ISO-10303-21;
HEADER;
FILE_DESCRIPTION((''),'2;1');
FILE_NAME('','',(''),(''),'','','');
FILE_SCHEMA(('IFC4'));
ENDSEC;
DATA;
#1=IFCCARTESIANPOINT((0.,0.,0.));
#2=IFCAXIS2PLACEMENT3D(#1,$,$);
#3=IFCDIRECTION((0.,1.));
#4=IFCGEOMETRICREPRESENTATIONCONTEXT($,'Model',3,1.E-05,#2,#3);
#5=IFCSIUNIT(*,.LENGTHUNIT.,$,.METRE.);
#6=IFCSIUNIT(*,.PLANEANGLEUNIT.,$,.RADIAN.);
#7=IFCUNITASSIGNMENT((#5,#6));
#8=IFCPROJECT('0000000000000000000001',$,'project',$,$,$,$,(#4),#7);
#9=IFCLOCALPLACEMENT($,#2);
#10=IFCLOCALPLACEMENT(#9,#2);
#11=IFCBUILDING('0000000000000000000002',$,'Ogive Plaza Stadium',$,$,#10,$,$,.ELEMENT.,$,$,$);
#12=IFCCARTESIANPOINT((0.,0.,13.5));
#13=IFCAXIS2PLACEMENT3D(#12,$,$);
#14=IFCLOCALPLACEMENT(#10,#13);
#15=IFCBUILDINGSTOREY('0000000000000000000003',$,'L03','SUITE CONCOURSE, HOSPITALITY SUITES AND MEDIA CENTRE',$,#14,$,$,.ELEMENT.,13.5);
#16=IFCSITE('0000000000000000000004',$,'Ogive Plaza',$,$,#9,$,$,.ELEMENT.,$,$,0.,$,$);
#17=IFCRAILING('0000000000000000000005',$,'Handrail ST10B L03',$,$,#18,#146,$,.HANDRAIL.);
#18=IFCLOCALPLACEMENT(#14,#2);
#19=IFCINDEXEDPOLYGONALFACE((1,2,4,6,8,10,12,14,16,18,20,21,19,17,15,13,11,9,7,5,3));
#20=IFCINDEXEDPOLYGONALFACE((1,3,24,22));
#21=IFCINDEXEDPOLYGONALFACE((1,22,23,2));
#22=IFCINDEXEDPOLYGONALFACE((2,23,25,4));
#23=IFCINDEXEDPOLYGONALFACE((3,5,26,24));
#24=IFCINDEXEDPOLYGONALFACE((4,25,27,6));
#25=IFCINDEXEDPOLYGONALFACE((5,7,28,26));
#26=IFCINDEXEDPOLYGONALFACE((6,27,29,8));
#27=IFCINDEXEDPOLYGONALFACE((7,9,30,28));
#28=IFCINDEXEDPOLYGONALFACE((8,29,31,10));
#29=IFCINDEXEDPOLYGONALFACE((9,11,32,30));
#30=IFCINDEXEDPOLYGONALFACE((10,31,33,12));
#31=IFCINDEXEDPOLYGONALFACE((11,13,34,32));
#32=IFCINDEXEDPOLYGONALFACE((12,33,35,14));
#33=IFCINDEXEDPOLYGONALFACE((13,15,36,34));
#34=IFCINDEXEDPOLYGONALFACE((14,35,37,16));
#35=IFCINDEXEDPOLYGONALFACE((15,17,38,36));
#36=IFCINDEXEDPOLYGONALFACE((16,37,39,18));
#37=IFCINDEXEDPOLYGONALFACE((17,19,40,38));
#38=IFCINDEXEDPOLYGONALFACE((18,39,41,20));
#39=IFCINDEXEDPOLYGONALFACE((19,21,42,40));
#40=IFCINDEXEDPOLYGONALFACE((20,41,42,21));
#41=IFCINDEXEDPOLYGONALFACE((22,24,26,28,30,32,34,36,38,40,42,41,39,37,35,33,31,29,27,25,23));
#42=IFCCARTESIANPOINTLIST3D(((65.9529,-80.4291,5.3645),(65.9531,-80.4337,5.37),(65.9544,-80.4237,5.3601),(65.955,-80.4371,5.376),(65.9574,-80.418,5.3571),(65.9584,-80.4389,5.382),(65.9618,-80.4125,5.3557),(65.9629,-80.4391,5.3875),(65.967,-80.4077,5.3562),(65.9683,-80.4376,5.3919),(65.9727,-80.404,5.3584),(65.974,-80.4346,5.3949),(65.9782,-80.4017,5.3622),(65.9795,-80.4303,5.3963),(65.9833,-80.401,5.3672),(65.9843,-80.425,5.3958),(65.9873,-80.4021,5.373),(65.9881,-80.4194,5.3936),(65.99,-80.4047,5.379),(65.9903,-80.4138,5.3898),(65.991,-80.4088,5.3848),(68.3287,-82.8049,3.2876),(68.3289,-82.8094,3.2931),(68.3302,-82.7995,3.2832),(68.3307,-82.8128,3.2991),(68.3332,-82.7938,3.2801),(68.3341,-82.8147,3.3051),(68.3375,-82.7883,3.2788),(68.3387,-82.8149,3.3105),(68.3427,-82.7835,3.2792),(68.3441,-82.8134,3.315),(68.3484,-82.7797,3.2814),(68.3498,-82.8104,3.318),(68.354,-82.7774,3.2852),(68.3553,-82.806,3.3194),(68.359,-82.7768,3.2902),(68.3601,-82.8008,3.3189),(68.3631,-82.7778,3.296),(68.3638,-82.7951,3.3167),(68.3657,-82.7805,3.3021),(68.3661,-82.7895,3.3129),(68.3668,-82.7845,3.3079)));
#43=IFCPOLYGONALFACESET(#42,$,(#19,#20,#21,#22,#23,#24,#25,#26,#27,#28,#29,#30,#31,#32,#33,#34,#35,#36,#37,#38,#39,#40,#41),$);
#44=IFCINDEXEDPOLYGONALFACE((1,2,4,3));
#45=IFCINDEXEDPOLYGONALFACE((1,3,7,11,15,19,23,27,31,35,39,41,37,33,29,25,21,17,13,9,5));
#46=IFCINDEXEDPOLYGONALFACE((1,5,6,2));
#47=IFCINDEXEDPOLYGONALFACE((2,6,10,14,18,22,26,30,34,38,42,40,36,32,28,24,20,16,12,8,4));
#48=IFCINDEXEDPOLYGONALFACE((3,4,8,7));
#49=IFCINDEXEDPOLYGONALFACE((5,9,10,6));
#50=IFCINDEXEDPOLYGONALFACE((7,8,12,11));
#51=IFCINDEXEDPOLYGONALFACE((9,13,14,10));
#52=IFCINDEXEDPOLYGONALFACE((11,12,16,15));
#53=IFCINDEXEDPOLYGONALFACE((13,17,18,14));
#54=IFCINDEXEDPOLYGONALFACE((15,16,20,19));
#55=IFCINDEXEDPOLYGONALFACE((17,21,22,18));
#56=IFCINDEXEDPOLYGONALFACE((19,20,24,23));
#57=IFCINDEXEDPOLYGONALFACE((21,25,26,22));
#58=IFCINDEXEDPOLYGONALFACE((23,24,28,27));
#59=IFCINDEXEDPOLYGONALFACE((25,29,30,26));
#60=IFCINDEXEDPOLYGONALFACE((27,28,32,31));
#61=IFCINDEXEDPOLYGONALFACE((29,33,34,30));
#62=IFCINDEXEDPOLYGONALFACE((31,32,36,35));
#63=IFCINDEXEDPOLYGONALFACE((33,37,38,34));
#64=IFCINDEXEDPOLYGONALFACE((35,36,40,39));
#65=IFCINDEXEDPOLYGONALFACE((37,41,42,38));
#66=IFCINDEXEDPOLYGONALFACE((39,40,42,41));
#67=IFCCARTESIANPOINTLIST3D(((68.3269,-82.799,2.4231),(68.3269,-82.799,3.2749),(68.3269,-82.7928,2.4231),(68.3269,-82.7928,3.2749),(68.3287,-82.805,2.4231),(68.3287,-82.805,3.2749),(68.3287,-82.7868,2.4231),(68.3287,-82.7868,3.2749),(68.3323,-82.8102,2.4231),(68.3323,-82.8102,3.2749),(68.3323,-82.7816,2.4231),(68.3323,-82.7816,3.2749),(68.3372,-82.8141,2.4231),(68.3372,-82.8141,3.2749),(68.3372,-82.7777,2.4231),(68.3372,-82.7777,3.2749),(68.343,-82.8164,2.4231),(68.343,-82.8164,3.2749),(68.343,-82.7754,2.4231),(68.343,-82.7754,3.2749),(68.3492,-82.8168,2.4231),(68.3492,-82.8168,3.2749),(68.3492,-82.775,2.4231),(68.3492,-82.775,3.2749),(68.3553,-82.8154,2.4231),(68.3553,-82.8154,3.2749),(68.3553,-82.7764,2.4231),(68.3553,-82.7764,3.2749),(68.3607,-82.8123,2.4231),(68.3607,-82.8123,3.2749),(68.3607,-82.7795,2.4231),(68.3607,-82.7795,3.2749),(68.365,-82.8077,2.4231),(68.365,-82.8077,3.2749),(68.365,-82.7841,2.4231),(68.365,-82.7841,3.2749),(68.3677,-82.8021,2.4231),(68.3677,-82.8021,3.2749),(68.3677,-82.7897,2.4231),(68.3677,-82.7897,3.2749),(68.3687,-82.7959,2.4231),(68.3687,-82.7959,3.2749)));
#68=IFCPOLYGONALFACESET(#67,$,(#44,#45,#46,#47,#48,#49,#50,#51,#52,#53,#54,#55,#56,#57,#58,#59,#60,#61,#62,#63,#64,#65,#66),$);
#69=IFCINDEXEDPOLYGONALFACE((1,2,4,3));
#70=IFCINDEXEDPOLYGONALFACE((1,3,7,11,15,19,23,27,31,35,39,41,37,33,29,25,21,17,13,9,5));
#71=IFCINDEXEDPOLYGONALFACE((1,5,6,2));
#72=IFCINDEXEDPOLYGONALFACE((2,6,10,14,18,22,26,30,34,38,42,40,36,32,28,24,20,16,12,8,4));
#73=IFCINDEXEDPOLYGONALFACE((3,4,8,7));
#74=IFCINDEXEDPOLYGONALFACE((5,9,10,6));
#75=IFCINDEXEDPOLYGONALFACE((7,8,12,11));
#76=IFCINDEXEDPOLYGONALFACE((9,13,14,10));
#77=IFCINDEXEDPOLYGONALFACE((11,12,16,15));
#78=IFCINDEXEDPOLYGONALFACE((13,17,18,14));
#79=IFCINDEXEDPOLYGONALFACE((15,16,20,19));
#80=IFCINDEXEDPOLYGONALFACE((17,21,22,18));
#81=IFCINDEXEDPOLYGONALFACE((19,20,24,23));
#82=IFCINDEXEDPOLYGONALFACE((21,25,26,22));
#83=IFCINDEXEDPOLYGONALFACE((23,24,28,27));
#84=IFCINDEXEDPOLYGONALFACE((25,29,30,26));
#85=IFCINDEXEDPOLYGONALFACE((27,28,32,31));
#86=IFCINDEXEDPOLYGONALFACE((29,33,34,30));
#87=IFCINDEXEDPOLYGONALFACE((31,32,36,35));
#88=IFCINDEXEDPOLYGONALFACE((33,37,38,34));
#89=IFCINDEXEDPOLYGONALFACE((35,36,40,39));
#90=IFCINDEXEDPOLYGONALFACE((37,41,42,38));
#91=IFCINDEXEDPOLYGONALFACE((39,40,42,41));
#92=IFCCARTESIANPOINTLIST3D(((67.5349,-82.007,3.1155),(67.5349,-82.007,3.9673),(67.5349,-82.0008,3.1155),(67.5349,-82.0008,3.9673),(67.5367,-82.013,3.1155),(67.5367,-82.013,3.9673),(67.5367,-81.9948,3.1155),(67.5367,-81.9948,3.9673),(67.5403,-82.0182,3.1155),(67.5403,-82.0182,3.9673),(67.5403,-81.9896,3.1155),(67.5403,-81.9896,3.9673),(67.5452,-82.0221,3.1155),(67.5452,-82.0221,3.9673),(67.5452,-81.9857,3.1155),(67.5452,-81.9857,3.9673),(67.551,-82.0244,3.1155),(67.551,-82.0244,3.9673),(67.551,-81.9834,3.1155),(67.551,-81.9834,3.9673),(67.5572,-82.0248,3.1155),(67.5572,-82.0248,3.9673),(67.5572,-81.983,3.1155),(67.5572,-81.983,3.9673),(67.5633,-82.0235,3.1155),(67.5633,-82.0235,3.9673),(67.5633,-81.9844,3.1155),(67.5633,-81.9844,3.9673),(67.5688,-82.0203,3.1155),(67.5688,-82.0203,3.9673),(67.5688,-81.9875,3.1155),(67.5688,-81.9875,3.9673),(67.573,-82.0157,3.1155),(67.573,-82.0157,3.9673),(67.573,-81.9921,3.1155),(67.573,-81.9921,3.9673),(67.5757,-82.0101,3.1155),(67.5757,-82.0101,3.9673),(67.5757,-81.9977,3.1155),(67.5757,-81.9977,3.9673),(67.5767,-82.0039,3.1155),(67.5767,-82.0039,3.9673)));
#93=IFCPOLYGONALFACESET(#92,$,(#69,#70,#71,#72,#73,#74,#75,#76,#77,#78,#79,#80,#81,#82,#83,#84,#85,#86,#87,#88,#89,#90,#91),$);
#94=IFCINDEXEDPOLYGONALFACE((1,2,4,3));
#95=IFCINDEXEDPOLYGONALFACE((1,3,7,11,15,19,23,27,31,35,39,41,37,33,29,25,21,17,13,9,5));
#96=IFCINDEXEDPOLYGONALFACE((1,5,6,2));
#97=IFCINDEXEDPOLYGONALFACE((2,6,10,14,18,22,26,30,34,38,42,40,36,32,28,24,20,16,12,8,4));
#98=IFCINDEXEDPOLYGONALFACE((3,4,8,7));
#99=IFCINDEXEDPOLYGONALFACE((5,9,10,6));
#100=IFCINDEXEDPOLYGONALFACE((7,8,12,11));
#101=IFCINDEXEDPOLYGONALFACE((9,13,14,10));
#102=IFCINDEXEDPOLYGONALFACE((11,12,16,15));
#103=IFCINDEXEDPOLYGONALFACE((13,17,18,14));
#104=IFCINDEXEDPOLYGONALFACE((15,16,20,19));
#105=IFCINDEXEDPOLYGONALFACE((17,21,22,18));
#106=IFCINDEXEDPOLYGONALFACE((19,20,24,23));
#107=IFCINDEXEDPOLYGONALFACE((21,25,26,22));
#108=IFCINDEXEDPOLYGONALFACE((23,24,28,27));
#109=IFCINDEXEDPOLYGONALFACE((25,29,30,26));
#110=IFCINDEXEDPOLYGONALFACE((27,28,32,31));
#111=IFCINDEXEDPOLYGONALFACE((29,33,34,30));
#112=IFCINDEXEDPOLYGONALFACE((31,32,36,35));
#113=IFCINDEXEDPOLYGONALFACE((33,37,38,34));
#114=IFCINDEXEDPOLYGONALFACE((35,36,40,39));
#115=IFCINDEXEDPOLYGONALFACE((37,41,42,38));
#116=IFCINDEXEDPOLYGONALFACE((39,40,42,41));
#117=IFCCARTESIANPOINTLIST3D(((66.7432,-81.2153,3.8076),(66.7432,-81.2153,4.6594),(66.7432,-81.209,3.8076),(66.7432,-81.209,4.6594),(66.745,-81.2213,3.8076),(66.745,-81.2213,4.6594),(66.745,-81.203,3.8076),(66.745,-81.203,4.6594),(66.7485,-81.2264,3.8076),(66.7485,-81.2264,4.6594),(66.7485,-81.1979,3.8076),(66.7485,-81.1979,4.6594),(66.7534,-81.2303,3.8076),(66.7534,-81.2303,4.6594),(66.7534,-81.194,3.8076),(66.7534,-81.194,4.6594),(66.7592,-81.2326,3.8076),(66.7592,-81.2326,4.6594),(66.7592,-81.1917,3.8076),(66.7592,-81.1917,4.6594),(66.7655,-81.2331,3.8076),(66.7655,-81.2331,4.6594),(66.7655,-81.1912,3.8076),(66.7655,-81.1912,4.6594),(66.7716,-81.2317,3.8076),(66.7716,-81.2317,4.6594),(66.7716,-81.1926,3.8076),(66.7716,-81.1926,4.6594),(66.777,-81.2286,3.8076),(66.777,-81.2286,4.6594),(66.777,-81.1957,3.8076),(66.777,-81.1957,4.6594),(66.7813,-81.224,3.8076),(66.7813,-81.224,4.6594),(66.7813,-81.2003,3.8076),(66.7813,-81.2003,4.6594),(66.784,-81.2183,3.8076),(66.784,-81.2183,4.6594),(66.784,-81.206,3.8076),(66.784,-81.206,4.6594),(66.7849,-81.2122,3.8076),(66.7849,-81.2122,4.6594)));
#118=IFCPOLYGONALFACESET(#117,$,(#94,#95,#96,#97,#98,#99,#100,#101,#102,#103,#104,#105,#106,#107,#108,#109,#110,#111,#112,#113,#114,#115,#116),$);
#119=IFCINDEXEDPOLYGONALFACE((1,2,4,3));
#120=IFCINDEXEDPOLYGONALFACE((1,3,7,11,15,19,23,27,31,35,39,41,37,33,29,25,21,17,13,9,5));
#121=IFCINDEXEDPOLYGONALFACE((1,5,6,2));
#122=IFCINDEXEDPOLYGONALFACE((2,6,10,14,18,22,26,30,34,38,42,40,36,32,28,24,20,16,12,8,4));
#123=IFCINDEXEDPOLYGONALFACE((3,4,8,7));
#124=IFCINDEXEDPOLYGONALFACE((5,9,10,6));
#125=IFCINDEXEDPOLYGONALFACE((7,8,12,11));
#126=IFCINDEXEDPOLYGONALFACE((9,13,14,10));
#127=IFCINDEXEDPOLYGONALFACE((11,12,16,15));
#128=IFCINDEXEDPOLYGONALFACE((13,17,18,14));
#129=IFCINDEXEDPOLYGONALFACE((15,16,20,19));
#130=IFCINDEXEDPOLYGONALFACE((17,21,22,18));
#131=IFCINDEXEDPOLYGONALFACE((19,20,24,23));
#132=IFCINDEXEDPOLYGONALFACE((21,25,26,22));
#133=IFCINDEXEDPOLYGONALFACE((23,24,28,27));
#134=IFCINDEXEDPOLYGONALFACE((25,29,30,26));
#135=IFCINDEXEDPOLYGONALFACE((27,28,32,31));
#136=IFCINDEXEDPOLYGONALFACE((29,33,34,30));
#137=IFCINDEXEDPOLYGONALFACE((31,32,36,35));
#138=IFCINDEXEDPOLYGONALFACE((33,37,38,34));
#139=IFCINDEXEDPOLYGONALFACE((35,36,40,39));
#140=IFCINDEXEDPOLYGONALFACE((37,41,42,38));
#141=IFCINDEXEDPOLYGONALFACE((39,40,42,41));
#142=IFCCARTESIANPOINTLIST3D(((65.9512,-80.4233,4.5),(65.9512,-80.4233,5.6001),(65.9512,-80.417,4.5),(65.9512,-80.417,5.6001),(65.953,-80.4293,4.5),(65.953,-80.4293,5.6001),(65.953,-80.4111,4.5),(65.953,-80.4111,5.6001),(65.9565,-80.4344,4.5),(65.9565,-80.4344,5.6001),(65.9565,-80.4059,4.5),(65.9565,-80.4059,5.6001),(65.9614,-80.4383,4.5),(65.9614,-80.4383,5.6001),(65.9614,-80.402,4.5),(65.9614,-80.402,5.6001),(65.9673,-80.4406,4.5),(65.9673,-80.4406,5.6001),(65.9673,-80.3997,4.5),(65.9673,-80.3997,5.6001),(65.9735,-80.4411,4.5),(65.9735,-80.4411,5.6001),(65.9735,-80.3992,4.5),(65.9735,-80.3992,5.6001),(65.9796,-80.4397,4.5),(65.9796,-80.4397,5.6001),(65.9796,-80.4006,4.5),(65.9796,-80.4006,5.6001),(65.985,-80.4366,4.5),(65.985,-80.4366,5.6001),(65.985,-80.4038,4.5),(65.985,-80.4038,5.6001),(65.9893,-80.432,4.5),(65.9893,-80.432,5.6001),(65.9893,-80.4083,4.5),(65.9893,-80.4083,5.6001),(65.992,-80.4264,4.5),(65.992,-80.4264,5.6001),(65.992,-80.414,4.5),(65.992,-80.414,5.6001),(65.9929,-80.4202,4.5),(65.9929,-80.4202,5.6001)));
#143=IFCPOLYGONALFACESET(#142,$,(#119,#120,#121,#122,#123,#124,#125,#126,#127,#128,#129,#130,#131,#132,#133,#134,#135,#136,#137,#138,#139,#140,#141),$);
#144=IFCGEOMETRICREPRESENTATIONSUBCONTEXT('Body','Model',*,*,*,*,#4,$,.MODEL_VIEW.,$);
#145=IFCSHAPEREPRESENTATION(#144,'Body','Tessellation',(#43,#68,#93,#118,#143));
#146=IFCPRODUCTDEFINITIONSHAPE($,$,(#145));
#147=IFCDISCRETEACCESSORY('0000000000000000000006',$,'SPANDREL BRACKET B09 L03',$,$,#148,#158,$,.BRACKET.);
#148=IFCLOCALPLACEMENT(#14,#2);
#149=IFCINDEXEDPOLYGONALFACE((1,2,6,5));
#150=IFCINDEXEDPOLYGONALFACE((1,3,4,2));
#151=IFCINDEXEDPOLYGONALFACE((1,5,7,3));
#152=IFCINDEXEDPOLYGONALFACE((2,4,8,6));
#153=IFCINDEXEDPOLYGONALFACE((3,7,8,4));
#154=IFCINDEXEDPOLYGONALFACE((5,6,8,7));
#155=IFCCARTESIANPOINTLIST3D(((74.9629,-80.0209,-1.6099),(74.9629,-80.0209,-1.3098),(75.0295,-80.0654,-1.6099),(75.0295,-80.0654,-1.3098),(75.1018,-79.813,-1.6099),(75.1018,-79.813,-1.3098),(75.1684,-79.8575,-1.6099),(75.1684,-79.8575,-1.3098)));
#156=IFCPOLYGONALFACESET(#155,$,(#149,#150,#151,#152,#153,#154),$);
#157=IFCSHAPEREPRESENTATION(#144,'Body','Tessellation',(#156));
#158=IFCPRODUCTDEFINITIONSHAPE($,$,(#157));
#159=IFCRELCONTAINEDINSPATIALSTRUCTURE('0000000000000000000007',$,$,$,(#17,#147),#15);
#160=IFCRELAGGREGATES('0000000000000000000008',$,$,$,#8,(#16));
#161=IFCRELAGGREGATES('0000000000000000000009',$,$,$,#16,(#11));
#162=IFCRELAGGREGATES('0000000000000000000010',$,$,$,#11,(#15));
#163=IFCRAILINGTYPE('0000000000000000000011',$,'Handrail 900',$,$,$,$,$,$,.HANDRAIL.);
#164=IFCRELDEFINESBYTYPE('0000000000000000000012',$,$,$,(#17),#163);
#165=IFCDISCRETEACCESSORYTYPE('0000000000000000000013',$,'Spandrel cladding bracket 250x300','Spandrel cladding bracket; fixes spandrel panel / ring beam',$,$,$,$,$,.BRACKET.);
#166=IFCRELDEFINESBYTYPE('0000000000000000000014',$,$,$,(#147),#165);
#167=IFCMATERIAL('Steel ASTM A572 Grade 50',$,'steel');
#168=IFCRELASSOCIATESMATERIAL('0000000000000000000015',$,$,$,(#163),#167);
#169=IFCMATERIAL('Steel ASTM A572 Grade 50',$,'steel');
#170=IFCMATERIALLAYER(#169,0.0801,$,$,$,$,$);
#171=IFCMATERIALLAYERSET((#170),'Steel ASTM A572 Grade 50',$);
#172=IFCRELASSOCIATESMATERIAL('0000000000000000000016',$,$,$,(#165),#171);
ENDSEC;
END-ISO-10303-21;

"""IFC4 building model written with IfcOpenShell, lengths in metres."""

from ifc_helpers import new_model, si_unit, direction, frame, origin, origin_2d, place, context, subcontext, project, spatial, rectangle, circle, extrude, material, layer, layer_set, type_object, element, save


model = new_model("IFC4")

# Units and contexts
model_context = context("Model", 3, precision=1e-05, world=origin(), true_north=direction((0.0, 1.0)))
body_context = subcontext(model_context, "Body", "Model", "MODEL_VIEW")
ifc_project = project(units=[si_unit("LENGTHUNIT", "METRE"), si_unit("PLANEANGLEUNIT", "RADIAN")], contexts=[model_context])

# Site, building, storey
site_placement = place(None, origin())
site = spatial("IfcSite", under=ifc_project, at=site_placement, Name="Ogive Plaza", CompositionType="ELEMENT", RefElevation=0.0)
building_placement = place(site_placement, origin())
building = spatial("IfcBuilding", under=site, at=building_placement, Name="Ogive Plaza Stadium", CompositionType="ELEMENT")
storey_placement = place(building_placement, frame((0.0, 0.0, 13.5)))
storey = spatial("IfcBuildingStorey", under=building, at=storey_placement, Name="L03", Description="SUITE CONCOURSE, HOSPITALITY SUITES AND MEDIA CENTRE", CompositionType="ELEMENT", Elevation=13.5)

# Railing
ifc_material_1 = material(Name="Steel ASTM A572 Grade 50", Category="steel")
railing_type_1 = type_object("IfcRailingType", Name="Handrail 900", PredefinedType="HANDRAIL", material=ifc_material_1)
railing_1_placement = place(storey_placement, frame((68.3477, -82.7959, 2.4231)))
element("IfcRailing", 1, at=railing_1_placement, inside=storey, type_object=railing_type_1, Name="Handrail ST10B L03", PredefinedType="HANDRAIL", context=body_context, shape_type="SweptSolid", body=[
    extrude(circle(Radius=0.0239, at=origin_2d()), frame((0.0, 0.0, 0.876), z_axis=(-0.601466, 0.601466, 0.525811), x_axis=(-0.707107, -0.707107, 0.0)), (0.0, 0.0, 1.0), 3.95),
    extrude(circle(Radius=0.021, at=origin_2d()), origin(), (0.0, 0.0, 1.0), 0.8518),
    extrude(circle(Radius=0.021, at=origin_2d()), frame((-0.792, 0.792, 0.6924)), (0.0, 0.0, 1.0), 0.8518),
    extrude(circle(Radius=0.021, at=origin_2d()), frame((-1.5837, 1.5837, 1.3845)), (0.0, 0.0, 1.0), 0.8518),
    extrude(circle(Radius=0.021, at=origin_2d()), frame((-2.3757, 2.3757, 2.0769)), (0.0, 0.0, 1.0), 1.1001),
])

# Discrete accessory
ifc_material_2 = material(Name="Steel ASTM A572 Grade 50", Category="steel")
ifc_layer_1 = layer(ifc_material_2, 0.0801)
ifc_layer_set_1 = layer_set([ifc_layer_1], Name="Steel ASTM A572 Grade 50")
discrete_accessory_type = type_object("IfcDiscreteAccessoryType", Name="Spandrel cladding bracket 250x300", Description="Spandrel cladding bracket; fixes spandrel panel / ring beam", PredefinedType="BRACKET", material=ifc_layer_set_1)
discrete_accessory_placement = place(storey_placement, frame((75.0657, -79.9392, -1.6099), z_axis=(0.0, 0.0, 1.0), x_axis=(-0.55557, -0.83147, 0.0)))
element("IfcDiscreteAccessory", 2, at=discrete_accessory_placement, inside=storey, type_object=discrete_accessory_type, Name="SPANDREL BRACKET B09 L03", PredefinedType="BRACKET", context=body_context, shape_type="SweptSolid", body=[
    extrude(rectangle(XDim=0.25, YDim=0.0801, at=origin_2d()), origin(), (0.0, 0.0, 1.0), 0.3),
])

save(model, "model.ifc")
